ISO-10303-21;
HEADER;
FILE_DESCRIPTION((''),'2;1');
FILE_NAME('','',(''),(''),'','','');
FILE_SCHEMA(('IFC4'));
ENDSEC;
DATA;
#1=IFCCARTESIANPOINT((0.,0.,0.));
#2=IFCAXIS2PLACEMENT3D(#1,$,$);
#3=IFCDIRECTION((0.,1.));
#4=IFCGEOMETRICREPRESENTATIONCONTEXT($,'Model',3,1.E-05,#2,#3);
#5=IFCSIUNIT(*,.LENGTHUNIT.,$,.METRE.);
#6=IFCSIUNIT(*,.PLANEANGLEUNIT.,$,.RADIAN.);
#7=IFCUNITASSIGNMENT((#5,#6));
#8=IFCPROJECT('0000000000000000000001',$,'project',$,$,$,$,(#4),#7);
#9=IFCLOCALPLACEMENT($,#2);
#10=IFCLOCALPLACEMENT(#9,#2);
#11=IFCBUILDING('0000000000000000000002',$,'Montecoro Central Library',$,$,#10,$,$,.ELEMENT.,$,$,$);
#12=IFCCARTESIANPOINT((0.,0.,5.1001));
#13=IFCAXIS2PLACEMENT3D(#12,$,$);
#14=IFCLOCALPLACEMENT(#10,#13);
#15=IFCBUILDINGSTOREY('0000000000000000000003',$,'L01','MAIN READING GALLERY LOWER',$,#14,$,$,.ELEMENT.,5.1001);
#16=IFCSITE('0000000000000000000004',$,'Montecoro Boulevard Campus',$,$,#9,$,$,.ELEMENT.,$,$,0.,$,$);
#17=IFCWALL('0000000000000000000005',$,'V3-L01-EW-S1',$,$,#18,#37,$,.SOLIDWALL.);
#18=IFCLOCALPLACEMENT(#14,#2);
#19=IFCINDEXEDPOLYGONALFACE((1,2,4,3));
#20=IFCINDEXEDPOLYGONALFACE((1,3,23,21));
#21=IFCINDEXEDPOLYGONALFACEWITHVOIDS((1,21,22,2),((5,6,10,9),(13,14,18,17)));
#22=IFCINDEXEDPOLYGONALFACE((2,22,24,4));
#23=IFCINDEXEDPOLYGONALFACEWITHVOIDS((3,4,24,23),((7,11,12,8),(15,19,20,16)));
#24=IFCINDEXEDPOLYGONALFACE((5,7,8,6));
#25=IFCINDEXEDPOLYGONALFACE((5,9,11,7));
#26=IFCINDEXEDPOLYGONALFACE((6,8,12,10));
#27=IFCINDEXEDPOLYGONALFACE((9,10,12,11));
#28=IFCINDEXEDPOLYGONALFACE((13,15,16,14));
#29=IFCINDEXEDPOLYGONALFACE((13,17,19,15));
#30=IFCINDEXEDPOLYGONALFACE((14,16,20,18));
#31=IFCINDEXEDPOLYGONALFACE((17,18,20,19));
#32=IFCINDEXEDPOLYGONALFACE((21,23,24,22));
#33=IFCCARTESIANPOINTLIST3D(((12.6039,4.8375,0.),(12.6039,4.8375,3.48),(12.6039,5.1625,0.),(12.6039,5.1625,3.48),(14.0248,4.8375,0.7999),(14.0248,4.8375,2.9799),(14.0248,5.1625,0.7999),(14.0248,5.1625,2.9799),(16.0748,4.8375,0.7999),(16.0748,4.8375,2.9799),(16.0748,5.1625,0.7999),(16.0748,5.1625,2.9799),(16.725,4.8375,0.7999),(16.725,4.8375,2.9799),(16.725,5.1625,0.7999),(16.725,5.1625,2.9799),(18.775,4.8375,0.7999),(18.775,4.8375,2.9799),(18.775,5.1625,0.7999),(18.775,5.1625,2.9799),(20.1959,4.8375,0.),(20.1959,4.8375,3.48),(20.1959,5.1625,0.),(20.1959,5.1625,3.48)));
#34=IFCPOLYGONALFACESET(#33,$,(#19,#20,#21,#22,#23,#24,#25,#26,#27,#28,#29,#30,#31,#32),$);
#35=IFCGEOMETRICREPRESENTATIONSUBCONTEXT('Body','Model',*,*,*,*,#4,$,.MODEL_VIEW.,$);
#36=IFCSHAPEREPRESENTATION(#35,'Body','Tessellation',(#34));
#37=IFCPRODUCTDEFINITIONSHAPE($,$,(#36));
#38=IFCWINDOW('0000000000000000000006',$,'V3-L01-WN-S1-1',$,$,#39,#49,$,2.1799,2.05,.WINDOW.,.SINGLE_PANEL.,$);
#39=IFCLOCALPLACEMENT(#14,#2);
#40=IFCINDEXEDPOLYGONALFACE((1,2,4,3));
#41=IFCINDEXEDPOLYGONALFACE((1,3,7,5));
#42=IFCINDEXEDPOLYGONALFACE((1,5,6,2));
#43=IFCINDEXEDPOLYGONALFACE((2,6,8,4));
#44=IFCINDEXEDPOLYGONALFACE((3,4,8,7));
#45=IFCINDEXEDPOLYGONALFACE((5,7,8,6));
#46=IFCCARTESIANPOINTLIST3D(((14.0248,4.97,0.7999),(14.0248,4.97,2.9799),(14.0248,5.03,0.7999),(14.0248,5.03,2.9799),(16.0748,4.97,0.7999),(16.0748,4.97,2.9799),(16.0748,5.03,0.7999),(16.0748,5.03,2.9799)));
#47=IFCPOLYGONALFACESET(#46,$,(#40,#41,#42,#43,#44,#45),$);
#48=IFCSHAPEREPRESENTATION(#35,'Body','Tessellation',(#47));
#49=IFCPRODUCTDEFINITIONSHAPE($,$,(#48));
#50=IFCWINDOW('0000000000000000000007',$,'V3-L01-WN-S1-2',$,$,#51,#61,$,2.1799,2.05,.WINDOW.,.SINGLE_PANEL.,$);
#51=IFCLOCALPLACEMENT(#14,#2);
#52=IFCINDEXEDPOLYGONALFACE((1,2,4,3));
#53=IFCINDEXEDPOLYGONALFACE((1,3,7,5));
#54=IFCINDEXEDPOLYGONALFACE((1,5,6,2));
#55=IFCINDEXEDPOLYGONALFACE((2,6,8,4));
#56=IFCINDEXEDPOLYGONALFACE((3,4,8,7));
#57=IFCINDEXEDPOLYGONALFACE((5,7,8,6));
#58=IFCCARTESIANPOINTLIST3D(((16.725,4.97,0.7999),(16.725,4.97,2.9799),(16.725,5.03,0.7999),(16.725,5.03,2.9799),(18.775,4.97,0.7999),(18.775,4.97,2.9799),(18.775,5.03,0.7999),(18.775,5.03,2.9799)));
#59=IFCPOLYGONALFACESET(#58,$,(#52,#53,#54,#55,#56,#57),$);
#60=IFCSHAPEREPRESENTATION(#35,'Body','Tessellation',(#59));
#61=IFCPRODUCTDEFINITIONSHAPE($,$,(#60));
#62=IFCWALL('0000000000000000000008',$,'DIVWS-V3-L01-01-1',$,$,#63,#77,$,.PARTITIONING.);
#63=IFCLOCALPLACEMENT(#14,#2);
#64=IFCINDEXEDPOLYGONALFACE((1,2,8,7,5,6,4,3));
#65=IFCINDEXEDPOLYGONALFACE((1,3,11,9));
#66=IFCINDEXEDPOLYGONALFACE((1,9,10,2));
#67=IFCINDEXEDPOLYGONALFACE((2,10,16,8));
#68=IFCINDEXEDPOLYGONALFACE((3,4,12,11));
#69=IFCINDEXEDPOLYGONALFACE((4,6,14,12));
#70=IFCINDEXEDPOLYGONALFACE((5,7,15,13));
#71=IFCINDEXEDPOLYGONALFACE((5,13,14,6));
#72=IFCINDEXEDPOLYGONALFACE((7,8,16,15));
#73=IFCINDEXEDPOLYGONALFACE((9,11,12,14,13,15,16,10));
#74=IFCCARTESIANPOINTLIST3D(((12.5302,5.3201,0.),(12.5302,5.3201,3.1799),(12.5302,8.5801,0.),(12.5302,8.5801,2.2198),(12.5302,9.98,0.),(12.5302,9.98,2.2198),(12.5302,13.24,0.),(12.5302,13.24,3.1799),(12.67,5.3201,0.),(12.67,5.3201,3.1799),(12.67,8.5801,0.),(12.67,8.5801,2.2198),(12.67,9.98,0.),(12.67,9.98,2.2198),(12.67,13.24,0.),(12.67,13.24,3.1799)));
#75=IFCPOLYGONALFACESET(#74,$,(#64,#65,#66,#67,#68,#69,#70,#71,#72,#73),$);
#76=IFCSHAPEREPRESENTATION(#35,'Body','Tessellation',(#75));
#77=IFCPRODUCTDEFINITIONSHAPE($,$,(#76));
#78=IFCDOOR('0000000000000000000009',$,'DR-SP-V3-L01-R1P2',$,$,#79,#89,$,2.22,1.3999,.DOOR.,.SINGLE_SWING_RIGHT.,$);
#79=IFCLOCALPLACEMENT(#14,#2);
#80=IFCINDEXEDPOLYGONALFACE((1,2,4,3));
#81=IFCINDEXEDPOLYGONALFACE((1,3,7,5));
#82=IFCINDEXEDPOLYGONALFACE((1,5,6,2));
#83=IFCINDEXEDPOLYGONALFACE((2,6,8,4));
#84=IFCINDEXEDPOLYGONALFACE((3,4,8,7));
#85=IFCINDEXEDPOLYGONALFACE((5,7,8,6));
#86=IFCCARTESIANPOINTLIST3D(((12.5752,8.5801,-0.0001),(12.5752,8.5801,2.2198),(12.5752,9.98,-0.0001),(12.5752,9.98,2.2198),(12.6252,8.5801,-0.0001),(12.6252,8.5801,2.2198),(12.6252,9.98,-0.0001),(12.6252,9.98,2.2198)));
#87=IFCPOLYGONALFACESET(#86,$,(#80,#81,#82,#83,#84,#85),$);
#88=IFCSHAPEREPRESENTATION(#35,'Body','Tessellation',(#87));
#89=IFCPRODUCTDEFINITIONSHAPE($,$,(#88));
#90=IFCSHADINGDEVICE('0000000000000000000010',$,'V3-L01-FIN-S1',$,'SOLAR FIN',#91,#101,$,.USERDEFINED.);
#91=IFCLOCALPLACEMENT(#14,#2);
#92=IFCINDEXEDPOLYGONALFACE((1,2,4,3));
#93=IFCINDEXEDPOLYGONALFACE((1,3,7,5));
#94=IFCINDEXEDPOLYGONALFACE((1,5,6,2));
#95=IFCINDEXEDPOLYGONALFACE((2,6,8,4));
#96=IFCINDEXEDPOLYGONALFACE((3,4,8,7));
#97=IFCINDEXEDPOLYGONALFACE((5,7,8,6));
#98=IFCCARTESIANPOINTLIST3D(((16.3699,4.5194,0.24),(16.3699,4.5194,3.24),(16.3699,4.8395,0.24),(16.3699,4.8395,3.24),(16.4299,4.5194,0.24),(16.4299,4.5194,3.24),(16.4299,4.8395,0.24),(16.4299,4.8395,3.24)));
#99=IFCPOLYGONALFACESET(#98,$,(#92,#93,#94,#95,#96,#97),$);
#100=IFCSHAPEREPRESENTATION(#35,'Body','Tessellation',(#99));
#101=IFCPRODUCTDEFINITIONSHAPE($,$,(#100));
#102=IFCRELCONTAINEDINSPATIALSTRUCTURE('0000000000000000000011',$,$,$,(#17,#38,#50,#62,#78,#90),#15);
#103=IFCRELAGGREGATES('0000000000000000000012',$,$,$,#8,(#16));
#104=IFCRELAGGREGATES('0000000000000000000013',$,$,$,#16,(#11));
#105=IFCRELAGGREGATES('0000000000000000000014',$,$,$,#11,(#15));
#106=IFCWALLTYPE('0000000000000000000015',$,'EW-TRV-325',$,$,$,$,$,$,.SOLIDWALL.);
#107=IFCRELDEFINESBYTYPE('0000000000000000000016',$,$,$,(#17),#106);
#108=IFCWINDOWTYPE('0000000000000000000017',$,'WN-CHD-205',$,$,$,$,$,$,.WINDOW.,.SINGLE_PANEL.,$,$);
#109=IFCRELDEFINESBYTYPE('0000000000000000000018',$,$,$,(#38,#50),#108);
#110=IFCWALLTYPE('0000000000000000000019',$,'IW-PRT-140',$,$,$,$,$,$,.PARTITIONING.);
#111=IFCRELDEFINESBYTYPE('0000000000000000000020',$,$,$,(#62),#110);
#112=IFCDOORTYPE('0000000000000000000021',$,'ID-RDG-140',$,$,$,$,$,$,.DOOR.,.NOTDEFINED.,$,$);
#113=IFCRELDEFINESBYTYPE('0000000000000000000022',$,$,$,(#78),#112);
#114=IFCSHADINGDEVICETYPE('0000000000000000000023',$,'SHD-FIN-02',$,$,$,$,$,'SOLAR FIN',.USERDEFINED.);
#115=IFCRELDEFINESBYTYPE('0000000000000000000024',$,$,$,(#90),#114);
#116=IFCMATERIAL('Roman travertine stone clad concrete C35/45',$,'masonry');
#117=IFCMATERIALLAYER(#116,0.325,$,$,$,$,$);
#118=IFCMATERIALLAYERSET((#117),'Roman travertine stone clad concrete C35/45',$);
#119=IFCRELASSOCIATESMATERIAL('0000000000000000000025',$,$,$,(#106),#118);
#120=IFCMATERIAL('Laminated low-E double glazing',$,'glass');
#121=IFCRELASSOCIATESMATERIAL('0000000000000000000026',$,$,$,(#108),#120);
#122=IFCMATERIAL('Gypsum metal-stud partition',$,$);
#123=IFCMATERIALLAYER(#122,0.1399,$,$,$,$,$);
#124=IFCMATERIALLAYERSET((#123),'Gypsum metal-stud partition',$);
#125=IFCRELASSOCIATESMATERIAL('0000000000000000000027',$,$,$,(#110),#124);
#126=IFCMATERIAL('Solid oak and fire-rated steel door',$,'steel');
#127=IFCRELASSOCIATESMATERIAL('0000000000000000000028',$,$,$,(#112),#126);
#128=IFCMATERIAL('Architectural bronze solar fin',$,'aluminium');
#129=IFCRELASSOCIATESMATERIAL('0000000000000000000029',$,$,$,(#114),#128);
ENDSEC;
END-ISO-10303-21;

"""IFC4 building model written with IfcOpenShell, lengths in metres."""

from ifc_helpers import new_model, si_unit, direction, frame, frame_2d, origin, origin_2d, place, context, subcontext, project, spatial, rectangle, extrude, material, layer, layer_set, type_object, element, fill, save


model = new_model("IFC4")

# Units and contexts
model_context = context("Model", 3, precision=1e-05, world=origin(), true_north=direction((0.0, 1.0)))
body_context = subcontext(model_context, "Body", "Model", "MODEL_VIEW")
ifc_project = project(units=[si_unit("LENGTHUNIT", "METRE"), si_unit("PLANEANGLEUNIT", "RADIAN")], contexts=[model_context])

# Site, building, storey
site_placement = place(None, origin())
site = spatial("IfcSite", under=ifc_project, at=site_placement, Name="Montecoro Boulevard Campus", CompositionType="ELEMENT", RefElevation=0.0)
building_placement = place(site_placement, origin())
building = spatial("IfcBuilding", under=site, at=building_placement, Name="Montecoro Central Library", CompositionType="ELEMENT")
storey_placement = place(building_placement, frame((0.0, 0.0, 5.1001)))
storey = spatial("IfcBuildingStorey", under=building, at=storey_placement, Name="L01", Description="MAIN READING GALLERY LOWER", CompositionType="ELEMENT", Elevation=5.1001)

# Shared definitions
ifc_material_1 = material(Name="Laminated low-E double glazing", Category="glass")

# Wall, openings, windows
ifc_material_2 = material(Name="Roman travertine stone clad concrete C35/45", Category="masonry")
ifc_layer_1 = layer(ifc_material_2, 0.325)
ifc_layer_set_1 = layer_set([ifc_layer_1], Name="Roman travertine stone clad concrete C35/45")
wall_type_1 = type_object("IfcWallType", Name="EW-TRV-325", PredefinedType="SOLIDWALL", material=ifc_layer_set_1)
wall_1_placement = place(storey_placement, frame((12.604, 5.0, 0.0), z_axis=(0.0, 0.0, 1.0), x_axis=(1.0, 0.0, 0.0)))
wall_1 = element("IfcWall", 1, at=wall_1_placement, inside=storey, type_object=wall_type_1, Name="V3-L01-EW-S1", PredefinedType="SOLIDWALL", context=body_context, shape_type="SweptSolid", body=[
    extrude(rectangle(XDim=7.592, YDim=0.325, at=frame_2d((3.7959, 0.0))), origin(), (0.0, 0.0, 1.0), 3.48),
])
opening_1_placement = place(wall_1_placement, frame((1.4209, 0.0, 0.8)))
opening_1 = element("IfcOpeningElement", 2, at=opening_1_placement, cuts=wall_1, PredefinedType="OPENING", context=body_context, shape_type="SweptSolid", body=[
    extrude(rectangle(XDim=2.05, YDim=2.1799, at=frame_2d((1.0249, 1.0898))), frame((0.0, 0.1724, 0.0), z_axis=(0.0, -1.0, 0.0), x_axis=(1.0, 0.0, 0.0)), (0.0, 0.0, 1.0), 0.345),
])
opening_2_placement = place(wall_1_placement, frame((4.1211, 0.0, 0.8)))
opening_2 = element("IfcOpeningElement", 3, at=opening_2_placement, cuts=wall_1, PredefinedType="OPENING", context=body_context, shape_type="SweptSolid", body=[
    extrude(rectangle(XDim=2.05, YDim=2.1799, at=frame_2d((1.0249, 1.0898))), frame((0.0, 0.1724, 0.0), z_axis=(0.0, -1.0, 0.0), x_axis=(1.0, 0.0, 0.0)), (0.0, 0.0, 1.0), 0.345),
])
window_type = type_object("IfcWindowType", Name="WN-CHD-205", PartitioningType="SINGLE_PANEL", PredefinedType="WINDOW", material=ifc_material_1)
window_1_placement = place(opening_1_placement, origin())
window_1 = element("IfcWindow", 4, at=window_1_placement, inside=storey, type_object=window_type, Name="V3-L01-WN-S1-1", OverallHeight=2.1799, OverallWidth=2.05, PartitioningType="SINGLE_PANEL", PredefinedType="WINDOW", context=body_context, shape_type="SweptSolid", body=[
    extrude(rectangle(XDim=2.05, YDim=2.1799, at=frame_2d((1.0249, 1.0898))), frame((0.0, 0.03, 0.0), z_axis=(0.0, -1.0, 0.0), x_axis=(1.0, 0.0, 0.0)), (0.0, 0.0, 1.0), 0.0601),
])
fill(opening_1, window_1)
window_2_placement = place(opening_2_placement, origin())
window_2 = element("IfcWindow", 5, at=window_2_placement, inside=storey, type_object=window_type, Name="V3-L01-WN-S1-2", OverallHeight=2.1799, OverallWidth=2.05, PartitioningType="SINGLE_PANEL", PredefinedType="WINDOW", context=body_context, shape_type="SweptSolid", body=[
    extrude(rectangle(XDim=2.05, YDim=2.1799, at=frame_2d((1.0249, 1.0898))), frame((0.0, 0.03, 0.0), z_axis=(0.0, -1.0, 0.0), x_axis=(1.0, 0.0, 0.0)), (0.0, 0.0, 1.0), 0.0601),
])
fill(opening_2, window_2)

# Wall, opening, door
ifc_material_3 = material(Name="Gypsum metal-stud partition")
ifc_layer_2 = layer(ifc_material_3, 0.1399)
ifc_layer_set_2 = layer_set([ifc_layer_2], Name="Gypsum metal-stud partition")
wall_type_2 = type_object("IfcWallType", Name="IW-PRT-140", PredefinedType="PARTITIONING", material=ifc_layer_set_2)
wall_2_placement = place(storey_placement, frame((12.6001, 5.3201, 0.0), z_axis=(0.0, 0.0, 1.0), x_axis=(0.0, 1.0, 0.0)))
wall_2 = element("IfcWall", 6, at=wall_2_placement, inside=storey, type_object=wall_type_2, Name="DIVWS-V3-L01-01-1", PredefinedType="PARTITIONING", context=body_context, shape_type="SweptSolid", body=[
    extrude(rectangle(XDim=7.9199, YDim=0.1399, at=frame_2d((3.96, 0.0))), origin(), (0.0, 0.0, 1.0), 3.1799),
])
opening_3_placement = place(wall_2_placement, frame((3.26, 0.0, 0.0)))
opening_3 = element("IfcOpeningElement", 7, at=opening_3_placement, cuts=wall_2, PredefinedType="OPENING", context=body_context, shape_type="SweptSolid", body=[
    extrude(rectangle(XDim=1.3999, YDim=2.22, at=frame_2d((0.7, 1.1099))), frame((0.0, 0.0798, 0.0), z_axis=(0.0, -1.0, 0.0), x_axis=(1.0, 0.0, 0.0)), (0.0, 0.0, 1.0), 0.1599),
])
ifc_material_4 = material(Name="Solid oak and fire-rated steel door", Category="steel")
door_type = type_object("IfcDoorType", Name="ID-RDG-140", OperationType="NOTDEFINED", PredefinedType="DOOR", material=ifc_material_4)
door_placement = place(opening_3_placement, origin())
door = element("IfcDoor", 8, at=door_placement, inside=storey, type_object=door_type, Name="DR-SP-V3-L01-R1P2", OperationType="SINGLE_SWING_RIGHT", OverallHeight=2.22, OverallWidth=1.3999, PredefinedType="DOOR", context=body_context, shape_type="SweptSolid", body=[
    extrude(rectangle(XDim=1.3999, YDim=2.22, at=frame_2d((0.7, 1.1099))), frame((0.0, 0.0249, 0.0), z_axis=(0.0, -1.0, 0.0), x_axis=(1.0, 0.0, 0.0)), (0.0, 0.0, 1.0), 0.05),
])
fill(opening_3, door)

# Shading device
ifc_material_5 = material(Name="Architectural bronze solar fin", Category="aluminium")
shading_device_type = type_object("IfcShadingDeviceType", Name="SHD-FIN-02", ElementType="SOLAR FIN", PredefinedType="USERDEFINED", material=ifc_material_5)
shading_device_placement = place(storey_placement, frame((16.3999, 4.6794, 0.24), z_axis=(0.0, 0.0, 1.0), x_axis=(1.0, 0.0, 0.0)))
element("IfcShadingDevice", 9, at=shading_device_placement, inside=storey, type_object=shading_device_type, Name="V3-L01-FIN-S1", ObjectType="SOLAR FIN", PredefinedType="USERDEFINED", context=body_context, shape_type="SweptSolid", body=[
    extrude(rectangle(XDim=0.0601, YDim=0.3201, at=origin_2d()), origin(), (0.0, 0.0, 1.0), 3.0),
])

save(model, "model.ifc")
